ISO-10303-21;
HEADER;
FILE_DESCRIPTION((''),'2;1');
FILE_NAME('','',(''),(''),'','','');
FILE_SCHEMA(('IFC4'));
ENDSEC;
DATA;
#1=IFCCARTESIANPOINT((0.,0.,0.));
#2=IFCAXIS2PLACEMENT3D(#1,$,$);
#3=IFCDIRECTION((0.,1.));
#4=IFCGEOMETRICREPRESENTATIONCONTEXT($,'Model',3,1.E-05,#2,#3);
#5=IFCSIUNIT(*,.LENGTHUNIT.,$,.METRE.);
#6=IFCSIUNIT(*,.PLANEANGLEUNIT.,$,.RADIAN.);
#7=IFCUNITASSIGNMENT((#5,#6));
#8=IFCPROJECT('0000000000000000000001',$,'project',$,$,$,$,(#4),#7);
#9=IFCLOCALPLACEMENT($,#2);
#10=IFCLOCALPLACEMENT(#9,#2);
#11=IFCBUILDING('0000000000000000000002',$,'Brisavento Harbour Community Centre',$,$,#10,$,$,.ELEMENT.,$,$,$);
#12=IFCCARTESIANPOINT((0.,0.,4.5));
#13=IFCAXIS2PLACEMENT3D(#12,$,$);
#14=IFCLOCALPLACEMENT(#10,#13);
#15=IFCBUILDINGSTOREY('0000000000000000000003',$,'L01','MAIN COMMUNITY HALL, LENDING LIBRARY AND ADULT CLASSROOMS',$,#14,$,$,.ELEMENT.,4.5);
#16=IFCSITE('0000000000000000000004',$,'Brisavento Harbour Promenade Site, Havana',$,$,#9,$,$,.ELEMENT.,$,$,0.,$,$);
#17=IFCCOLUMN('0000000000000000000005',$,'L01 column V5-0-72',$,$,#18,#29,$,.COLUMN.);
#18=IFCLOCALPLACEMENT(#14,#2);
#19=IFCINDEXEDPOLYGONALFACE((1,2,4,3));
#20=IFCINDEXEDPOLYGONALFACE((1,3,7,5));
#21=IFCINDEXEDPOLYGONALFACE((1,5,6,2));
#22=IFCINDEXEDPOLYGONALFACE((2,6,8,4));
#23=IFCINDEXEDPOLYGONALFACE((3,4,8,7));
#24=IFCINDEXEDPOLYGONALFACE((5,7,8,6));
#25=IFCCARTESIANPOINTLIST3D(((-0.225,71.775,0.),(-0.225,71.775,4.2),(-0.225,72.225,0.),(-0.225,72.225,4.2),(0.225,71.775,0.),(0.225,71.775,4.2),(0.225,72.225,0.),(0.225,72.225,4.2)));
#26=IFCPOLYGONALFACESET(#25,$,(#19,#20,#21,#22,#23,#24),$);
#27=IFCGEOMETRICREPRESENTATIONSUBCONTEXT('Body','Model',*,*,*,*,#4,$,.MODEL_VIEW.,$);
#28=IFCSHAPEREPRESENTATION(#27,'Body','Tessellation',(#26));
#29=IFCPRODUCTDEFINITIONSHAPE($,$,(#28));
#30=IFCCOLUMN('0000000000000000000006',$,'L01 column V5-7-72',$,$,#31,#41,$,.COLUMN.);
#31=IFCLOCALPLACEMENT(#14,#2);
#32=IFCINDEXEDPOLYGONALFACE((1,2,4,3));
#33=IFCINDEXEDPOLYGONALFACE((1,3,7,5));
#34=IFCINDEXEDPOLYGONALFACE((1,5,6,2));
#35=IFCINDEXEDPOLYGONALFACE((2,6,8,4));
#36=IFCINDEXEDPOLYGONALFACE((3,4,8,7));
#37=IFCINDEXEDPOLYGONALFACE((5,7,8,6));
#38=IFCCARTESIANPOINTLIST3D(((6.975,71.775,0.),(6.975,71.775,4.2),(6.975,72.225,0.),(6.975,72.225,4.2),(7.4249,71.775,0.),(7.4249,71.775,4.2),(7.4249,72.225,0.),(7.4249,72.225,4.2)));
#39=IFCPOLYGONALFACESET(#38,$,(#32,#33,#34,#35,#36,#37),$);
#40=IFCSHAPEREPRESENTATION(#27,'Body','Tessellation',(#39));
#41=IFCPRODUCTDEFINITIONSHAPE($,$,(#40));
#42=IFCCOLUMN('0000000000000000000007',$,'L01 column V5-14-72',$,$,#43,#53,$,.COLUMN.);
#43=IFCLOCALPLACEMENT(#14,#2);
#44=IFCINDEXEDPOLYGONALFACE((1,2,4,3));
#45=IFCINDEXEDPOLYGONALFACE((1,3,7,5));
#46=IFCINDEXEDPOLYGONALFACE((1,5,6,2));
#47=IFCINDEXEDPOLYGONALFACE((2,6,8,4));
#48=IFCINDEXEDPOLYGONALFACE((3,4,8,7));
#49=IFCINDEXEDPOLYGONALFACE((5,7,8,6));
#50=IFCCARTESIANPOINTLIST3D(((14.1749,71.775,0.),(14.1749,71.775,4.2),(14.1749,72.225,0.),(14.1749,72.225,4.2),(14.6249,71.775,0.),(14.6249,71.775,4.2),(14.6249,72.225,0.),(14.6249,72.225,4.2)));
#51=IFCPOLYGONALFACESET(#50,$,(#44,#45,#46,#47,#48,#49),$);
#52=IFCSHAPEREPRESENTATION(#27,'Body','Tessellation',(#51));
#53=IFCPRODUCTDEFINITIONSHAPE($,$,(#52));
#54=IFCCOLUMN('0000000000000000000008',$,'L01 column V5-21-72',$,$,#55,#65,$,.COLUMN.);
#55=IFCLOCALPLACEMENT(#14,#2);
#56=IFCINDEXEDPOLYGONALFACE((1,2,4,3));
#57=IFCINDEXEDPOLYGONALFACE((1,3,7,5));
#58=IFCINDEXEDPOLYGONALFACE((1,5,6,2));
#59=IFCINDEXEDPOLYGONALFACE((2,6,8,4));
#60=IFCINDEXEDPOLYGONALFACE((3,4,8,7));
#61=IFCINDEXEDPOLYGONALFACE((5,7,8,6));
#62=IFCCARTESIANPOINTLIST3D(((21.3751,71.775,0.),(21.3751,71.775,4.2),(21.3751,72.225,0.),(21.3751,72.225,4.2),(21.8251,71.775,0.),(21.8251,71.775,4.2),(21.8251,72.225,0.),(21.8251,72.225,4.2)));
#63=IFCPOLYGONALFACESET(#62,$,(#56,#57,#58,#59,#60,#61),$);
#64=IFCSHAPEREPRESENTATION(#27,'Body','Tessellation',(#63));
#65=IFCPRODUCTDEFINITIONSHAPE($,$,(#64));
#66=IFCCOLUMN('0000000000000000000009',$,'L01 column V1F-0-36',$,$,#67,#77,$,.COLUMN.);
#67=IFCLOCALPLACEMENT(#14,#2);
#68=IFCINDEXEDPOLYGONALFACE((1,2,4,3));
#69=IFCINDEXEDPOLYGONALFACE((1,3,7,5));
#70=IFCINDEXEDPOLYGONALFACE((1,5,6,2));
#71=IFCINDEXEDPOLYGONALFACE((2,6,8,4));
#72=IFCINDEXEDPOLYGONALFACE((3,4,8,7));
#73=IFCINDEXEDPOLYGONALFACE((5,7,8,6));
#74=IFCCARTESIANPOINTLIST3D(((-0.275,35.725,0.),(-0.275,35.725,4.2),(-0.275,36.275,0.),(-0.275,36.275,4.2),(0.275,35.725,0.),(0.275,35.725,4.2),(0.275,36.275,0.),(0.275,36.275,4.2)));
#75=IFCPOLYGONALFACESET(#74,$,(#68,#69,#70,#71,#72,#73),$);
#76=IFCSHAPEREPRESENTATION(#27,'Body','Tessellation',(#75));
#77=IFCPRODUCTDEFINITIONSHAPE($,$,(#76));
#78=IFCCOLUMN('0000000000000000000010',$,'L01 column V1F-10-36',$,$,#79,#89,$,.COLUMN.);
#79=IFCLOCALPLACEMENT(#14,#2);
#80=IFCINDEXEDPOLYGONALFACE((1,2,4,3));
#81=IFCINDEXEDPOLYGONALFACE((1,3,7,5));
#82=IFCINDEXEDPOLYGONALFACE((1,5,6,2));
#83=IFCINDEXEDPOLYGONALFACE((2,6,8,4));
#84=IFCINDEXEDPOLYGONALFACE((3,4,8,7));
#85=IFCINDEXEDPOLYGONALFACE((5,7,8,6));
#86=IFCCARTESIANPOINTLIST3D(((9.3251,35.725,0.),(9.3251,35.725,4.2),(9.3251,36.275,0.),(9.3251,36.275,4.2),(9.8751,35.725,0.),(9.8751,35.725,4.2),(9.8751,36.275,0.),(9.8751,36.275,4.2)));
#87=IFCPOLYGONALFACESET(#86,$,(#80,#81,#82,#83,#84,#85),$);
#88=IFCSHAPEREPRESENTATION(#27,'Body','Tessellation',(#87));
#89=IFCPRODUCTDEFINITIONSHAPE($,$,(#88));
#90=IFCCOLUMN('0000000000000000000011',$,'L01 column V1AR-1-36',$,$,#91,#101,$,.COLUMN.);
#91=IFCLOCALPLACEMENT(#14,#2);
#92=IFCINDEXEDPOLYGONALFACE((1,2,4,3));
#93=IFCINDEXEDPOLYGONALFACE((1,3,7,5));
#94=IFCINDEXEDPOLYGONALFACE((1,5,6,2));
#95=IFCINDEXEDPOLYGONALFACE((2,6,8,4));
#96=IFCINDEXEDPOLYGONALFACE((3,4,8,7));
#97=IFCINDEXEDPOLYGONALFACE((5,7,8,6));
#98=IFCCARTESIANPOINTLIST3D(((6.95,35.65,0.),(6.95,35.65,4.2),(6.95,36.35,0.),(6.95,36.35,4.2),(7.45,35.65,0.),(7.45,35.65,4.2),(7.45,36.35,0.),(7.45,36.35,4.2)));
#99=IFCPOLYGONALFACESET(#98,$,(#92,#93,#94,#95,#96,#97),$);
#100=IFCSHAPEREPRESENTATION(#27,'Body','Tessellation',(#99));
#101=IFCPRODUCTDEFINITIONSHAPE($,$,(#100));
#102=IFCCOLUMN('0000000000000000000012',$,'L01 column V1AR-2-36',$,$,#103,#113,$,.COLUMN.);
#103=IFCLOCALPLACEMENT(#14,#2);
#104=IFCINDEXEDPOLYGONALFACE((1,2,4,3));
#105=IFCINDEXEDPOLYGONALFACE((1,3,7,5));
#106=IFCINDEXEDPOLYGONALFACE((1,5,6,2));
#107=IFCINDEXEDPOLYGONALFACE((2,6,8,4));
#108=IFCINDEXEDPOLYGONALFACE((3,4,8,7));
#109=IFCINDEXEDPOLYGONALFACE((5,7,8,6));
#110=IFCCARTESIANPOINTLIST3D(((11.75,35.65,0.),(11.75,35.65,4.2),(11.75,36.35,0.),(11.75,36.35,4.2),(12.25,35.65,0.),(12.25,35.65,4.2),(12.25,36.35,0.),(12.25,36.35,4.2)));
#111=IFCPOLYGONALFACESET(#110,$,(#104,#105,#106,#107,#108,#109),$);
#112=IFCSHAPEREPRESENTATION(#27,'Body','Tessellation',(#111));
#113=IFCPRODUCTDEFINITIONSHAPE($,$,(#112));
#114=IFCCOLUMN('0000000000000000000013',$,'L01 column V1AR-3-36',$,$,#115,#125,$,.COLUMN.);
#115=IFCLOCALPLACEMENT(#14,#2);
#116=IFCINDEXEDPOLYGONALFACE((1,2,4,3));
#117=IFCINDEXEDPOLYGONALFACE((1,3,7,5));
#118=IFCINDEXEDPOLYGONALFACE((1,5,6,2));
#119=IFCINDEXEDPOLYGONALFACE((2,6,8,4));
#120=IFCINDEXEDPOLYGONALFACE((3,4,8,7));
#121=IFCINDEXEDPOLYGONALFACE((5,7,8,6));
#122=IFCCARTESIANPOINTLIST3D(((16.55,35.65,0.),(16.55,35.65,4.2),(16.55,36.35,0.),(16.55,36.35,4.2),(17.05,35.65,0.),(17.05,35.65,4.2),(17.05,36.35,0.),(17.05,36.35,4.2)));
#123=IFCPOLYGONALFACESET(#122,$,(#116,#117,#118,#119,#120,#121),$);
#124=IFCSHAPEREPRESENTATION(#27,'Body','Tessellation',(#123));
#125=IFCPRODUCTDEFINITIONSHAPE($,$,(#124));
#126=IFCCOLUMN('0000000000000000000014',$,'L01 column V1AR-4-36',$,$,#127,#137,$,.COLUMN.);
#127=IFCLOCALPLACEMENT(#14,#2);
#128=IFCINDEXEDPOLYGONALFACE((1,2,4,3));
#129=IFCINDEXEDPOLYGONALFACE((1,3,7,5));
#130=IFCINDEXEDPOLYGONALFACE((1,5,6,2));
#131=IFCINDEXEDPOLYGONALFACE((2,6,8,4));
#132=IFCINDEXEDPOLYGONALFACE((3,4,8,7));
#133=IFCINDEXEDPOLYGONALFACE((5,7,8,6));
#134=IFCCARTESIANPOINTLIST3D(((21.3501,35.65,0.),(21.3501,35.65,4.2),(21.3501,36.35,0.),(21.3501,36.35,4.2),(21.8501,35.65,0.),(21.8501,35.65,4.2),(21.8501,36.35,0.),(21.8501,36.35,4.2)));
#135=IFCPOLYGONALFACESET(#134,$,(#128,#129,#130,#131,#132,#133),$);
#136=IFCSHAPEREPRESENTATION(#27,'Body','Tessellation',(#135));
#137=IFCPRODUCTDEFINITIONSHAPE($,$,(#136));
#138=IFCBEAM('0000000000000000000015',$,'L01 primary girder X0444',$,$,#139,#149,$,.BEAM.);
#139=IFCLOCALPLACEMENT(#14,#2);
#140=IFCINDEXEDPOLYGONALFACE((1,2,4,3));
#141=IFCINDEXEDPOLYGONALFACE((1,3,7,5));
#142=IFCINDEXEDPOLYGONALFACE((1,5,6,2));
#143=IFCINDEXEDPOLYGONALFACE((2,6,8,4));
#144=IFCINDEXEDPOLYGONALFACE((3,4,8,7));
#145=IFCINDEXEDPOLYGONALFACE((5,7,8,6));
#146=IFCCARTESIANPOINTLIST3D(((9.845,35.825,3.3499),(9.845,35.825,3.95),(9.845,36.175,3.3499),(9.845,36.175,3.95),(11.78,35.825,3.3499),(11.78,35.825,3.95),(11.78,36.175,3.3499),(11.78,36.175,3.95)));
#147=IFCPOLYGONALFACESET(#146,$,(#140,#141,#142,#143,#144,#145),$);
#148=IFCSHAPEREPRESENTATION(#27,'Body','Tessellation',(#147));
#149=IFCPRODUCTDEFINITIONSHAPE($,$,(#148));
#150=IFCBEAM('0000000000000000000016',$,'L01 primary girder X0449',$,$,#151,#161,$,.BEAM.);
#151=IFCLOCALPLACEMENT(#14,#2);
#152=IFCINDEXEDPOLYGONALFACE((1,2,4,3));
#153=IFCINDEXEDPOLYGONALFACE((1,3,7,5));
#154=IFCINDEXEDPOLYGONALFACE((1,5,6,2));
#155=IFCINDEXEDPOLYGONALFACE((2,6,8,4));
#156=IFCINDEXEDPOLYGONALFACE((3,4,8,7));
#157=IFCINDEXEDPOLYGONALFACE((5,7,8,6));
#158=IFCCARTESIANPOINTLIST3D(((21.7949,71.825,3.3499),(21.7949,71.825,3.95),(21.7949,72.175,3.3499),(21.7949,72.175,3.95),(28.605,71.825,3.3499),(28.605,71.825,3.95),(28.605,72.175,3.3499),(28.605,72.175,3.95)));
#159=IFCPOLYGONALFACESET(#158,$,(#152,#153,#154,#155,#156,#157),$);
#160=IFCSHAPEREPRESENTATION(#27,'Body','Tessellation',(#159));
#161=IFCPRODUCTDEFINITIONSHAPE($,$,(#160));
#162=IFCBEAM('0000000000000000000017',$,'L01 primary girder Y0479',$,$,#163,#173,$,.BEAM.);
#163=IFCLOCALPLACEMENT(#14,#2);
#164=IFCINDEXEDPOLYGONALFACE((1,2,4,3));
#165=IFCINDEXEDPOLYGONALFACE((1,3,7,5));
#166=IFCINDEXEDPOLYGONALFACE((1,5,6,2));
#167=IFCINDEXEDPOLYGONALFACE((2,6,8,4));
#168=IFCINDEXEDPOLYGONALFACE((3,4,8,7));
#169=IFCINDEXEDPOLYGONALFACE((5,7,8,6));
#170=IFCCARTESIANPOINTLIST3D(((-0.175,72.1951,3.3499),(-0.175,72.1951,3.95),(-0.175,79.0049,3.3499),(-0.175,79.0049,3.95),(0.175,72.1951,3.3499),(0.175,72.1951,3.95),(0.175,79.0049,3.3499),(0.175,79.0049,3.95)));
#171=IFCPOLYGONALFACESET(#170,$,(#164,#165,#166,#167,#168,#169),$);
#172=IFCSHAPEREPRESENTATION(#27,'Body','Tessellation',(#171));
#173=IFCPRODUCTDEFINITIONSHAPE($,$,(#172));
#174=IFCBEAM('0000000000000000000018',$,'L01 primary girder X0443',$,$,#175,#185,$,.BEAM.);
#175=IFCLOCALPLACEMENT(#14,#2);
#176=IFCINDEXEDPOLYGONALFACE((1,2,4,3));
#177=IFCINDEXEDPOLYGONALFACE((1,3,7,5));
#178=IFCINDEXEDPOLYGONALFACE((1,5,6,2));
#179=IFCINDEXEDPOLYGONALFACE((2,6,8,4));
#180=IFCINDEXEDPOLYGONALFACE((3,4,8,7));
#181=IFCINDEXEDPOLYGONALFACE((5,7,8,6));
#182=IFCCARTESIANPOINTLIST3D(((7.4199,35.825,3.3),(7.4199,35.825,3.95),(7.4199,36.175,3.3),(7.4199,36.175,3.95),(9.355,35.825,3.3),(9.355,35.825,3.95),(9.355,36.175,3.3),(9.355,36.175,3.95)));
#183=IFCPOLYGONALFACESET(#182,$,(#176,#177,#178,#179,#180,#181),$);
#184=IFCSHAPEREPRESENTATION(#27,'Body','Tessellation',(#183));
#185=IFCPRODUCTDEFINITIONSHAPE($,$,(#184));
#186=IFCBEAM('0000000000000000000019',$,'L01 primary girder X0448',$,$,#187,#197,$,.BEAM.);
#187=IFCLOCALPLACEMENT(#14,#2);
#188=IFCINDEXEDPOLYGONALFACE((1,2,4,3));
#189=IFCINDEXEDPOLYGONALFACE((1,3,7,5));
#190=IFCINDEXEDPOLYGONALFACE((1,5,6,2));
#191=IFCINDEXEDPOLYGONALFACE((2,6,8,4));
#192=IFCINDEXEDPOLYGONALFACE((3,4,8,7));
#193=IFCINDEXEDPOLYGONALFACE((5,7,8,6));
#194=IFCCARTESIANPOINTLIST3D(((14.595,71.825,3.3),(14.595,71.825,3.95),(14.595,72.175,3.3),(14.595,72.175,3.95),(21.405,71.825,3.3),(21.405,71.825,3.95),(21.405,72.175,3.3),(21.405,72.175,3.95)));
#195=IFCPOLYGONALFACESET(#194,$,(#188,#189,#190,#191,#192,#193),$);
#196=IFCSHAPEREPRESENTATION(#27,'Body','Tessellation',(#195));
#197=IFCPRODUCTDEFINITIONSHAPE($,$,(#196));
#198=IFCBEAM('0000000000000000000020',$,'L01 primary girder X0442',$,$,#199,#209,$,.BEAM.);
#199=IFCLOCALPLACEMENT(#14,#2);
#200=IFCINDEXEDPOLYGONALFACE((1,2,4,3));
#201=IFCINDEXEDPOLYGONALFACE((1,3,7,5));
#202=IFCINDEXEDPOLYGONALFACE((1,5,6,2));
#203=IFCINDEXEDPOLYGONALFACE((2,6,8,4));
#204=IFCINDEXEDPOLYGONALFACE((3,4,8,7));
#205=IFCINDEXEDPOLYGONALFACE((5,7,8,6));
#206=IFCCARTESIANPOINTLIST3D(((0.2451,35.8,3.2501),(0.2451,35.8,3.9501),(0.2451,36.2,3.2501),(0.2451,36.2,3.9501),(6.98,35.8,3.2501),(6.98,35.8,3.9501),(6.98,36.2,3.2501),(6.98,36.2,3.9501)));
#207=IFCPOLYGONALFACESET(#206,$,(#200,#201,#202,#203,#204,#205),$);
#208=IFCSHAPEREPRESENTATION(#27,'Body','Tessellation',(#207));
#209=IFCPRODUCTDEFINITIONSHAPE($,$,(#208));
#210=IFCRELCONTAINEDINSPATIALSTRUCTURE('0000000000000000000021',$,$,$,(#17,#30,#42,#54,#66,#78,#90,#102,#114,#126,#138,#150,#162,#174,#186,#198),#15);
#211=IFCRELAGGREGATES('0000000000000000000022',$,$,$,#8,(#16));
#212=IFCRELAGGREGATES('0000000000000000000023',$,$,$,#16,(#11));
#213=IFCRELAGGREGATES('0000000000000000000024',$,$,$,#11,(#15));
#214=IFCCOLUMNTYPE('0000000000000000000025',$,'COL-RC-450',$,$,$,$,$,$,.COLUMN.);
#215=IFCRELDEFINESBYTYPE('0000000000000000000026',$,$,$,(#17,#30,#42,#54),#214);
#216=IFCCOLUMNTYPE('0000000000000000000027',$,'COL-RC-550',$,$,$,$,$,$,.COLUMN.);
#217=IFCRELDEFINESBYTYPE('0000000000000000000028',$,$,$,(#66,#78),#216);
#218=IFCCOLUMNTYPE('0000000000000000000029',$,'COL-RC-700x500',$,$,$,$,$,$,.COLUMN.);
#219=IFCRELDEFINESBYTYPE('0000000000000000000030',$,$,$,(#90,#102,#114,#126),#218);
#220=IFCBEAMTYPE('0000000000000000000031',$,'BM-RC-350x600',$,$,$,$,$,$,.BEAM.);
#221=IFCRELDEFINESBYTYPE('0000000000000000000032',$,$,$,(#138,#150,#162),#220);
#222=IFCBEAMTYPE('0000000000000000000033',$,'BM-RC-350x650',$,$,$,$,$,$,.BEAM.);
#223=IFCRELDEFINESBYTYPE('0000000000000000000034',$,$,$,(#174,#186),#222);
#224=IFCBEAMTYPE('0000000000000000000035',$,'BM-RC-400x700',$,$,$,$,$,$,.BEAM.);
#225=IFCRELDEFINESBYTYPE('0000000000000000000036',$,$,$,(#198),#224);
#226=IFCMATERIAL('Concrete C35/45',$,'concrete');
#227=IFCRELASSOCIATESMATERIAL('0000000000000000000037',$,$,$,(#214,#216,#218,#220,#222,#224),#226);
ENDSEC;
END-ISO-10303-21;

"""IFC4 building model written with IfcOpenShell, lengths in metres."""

from ifc_helpers import new_model, si_unit, direction, frame, origin, origin_2d, place, context, subcontext, project, spatial, rectangle, extrude, material, material_profile, profile_set, type_object, element, save


model = new_model("IFC4")

# Units and contexts
model_context = context("Model", 3, precision=1e-05, world=origin(), true_north=direction((0.0, 1.0)))
body_context = subcontext(model_context, "Body", "Model", "MODEL_VIEW")
ifc_project = project(units=[si_unit("LENGTHUNIT", "METRE"), si_unit("PLANEANGLEUNIT", "RADIAN")], contexts=[model_context])

# Site, building, storey
site_placement = place(None, origin())
site = spatial("IfcSite", under=ifc_project, at=site_placement, Name="Brisavento Harbour Promenade Site, Havana", CompositionType="ELEMENT", RefElevation=0.0)
building_placement = place(site_placement, origin())
building = spatial("IfcBuilding", under=site, at=building_placement, Name="Brisavento Harbour Community Centre", CompositionType="ELEMENT")
storey_placement = place(building_placement, frame((0.0, 0.0, 4.5)))
storey = spatial("IfcBuildingStorey", under=building, at=storey_placement, Name="L01", Description="MAIN COMMUNITY HALL, LENDING LIBRARY AND ADULT CLASSROOMS", CompositionType="ELEMENT", Elevation=4.5)

# Columns
ifc_material_1 = material(Name="Concrete C35/45", Category="concrete")
ifc_material_profile_1 = material_profile(ifc_material_1, rectangle(XDim=0.45, YDim=0.45, at=origin_2d()), Name="Concrete C35/45")
ifc_profile_set_1 = profile_set([ifc_material_profile_1], Name="Concrete C35/45")
column_type_1 = type_object("IfcColumnType", Name="COL-RC-450", PredefinedType="COLUMN", material=ifc_profile_set_1)
for number, where, z_axis, x_axis, name in (
    (1, (0.0, 72.0, 0.0), (0.0, 0.0, 1.0), (1.0, 0.0, 0.0), "L01 column V5-0-72"),
    (2, (7.2, 72.0, 0.0), (0.0, 0.0, 1.0), (1.0, 0.0, 0.0), "L01 column V5-7-72"),
    (3, (14.3999, 72.0, 0.0), (0.0, 0.0, 1.0), (1.0, 0.0, 0.0), "L01 column V5-14-72"),
    (4, (21.6001, 72.0, 0.0), (0.0, 0.0, 1.0), (1.0, 0.0, 0.0), "L01 column V5-21-72"),
):
    element("IfcColumn", number, at=place(storey_placement, frame(where, z_axis=z_axis, x_axis=x_axis)), inside=storey, type_object=column_type_1, Name=name, PredefinedType="COLUMN", context=body_context, shape_type="SweptSolid", body=[
        extrude(rectangle(XDim=0.45, YDim=0.45, at=origin_2d()), origin(), (0.0, 0.0, 1.0), 4.2),
    ])
ifc_material_profile_2 = material_profile(ifc_material_1, rectangle(XDim=0.55, YDim=0.55, at=origin_2d()), Name="Concrete C35/45")
ifc_profile_set_2 = profile_set([ifc_material_profile_2], Name="Concrete C35/45")
column_type_2 = type_object("IfcColumnType", Name="COL-RC-550", PredefinedType="COLUMN", material=ifc_profile_set_2)
for number, where, z_axis, x_axis, name in (
    (5, (0.0, 36.0, 0.0), (0.0, 0.0, 1.0), (1.0, 0.0, 0.0), "L01 column V1F-0-36"),
    (6, (9.6001, 36.0, 0.0), (0.0, 0.0, 1.0), (1.0, 0.0, 0.0), "L01 column V1F-10-36"),
):
    element("IfcColumn", number, at=place(storey_placement, frame(where, z_axis=z_axis, x_axis=x_axis)), inside=storey, type_object=column_type_2, Name=name, PredefinedType="COLUMN", context=body_context, shape_type="SweptSolid", body=[
        extrude(rectangle(XDim=0.55, YDim=0.55, at=origin_2d()), origin(), (0.0, 0.0, 1.0), 4.2),
    ])
ifc_material_profile_3 = material_profile(ifc_material_1, rectangle(XDim=0.5, YDim=0.7, at=origin_2d()), Name="Concrete C35/45")
ifc_profile_set_3 = profile_set([ifc_material_profile_3], Name="Concrete C35/45")
column_type_3 = type_object("IfcColumnType", Name="COL-RC-700x500", PredefinedType="COLUMN", material=ifc_profile_set_3)
for number, where, z_axis, x_axis, name in (
    (7, (7.2, 36.0, 0.0), (0.0, 0.0, 1.0), (1.0, 0.0, 0.0), "L01 column V1AR-1-36"),
    (8, (12.0, 36.0, 0.0), (0.0, 0.0, 1.0), (1.0, 0.0, 0.0), "L01 column V1AR-2-36"),
    (9, (16.8, 36.0, 0.0), (0.0, 0.0, 1.0), (1.0, 0.0, 0.0), "L01 column V1AR-3-36"),
    (10, (21.6001, 36.0, 0.0), (0.0, 0.0, 1.0), (1.0, 0.0, 0.0), "L01 column V1AR-4-36"),
):
    element("IfcColumn", number, at=place(storey_placement, frame(where, z_axis=z_axis, x_axis=x_axis)), inside=storey, type_object=column_type_3, Name=name, PredefinedType="COLUMN", context=body_context, shape_type="SweptSolid", body=[
        extrude(rectangle(XDim=0.5, YDim=0.7, at=origin_2d()), origin(), (0.0, 0.0, 1.0), 4.2),
    ])

# Beams
ifc_material_profile_4 = material_profile(ifc_material_1, rectangle(XDim=0.3501, YDim=0.6001, at=origin_2d()), Name="Concrete C35/45")
ifc_profile_set_4 = profile_set([ifc_material_profile_4], Name="Concrete C35/45")
beam_type_1 = type_object("IfcBeamType", Name="BM-RC-350x600", PredefinedType="BEAM", material=ifc_profile_set_4)
beam_1_placement = place(storey_placement, frame((9.845, 36.0, 3.6499), z_axis=(1.0, 0.0, 0.0), x_axis=(0.0, 1.0, 0.0)))
element("IfcBeam", 11, at=beam_1_placement, inside=storey, type_object=beam_type_1, Name="L01 primary girder X0444", PredefinedType="BEAM", context=body_context, shape_type="SweptSolid", body=[
    extrude(rectangle(XDim=0.3501, YDim=0.6001, at=origin_2d()), origin(), (0.0, 0.0, 1.0), 1.9351),
])
beam_2_placement = place(storey_placement, frame((21.7949, 72.0, 3.6499), z_axis=(1.0, 0.0, 0.0), x_axis=(0.0, 1.0, 0.0)))
element("IfcBeam", 12, at=beam_2_placement, inside=storey, type_object=beam_type_1, Name="L01 primary girder X0449", PredefinedType="BEAM", context=body_context, shape_type="SweptSolid", body=[
    extrude(rectangle(XDim=0.3501, YDim=0.6001, at=origin_2d()), origin(), (0.0, 0.0, 1.0), 6.8101),
])
beam_3_placement = place(storey_placement, frame((0.0, 72.1951, 3.6499), z_axis=(0.0, 1.0, 0.0), x_axis=(-1.0, 0.0, 0.0)))
element("IfcBeam", 13, at=beam_3_placement, inside=storey, type_object=beam_type_1, Name="L01 primary girder Y0479", PredefinedType="BEAM", context=body_context, shape_type="SweptSolid", body=[
    extrude(rectangle(XDim=0.3501, YDim=0.6001, at=origin_2d()), origin(), (0.0, 0.0, 1.0), 6.8098),
])
ifc_material_profile_5 = material_profile(ifc_material_1, rectangle(XDim=0.3501, YDim=0.6499, at=origin_2d()), Name="Concrete C35/45")
ifc_profile_set_5 = profile_set([ifc_material_profile_5], Name="Concrete C35/45")
beam_type_2 = type_object("IfcBeamType", Name="BM-RC-350x650", PredefinedType="BEAM", material=ifc_profile_set_5)
beam_4_placement = place(storey_placement, frame((7.4199, 36.0, 3.625), z_axis=(1.0, 0.0, 0.0), x_axis=(0.0, 1.0, 0.0)))
element("IfcBeam", 14, at=beam_4_placement, inside=storey, type_object=beam_type_2, Name="L01 primary girder X0443", PredefinedType="BEAM", context=body_context, shape_type="SweptSolid", body=[
    extrude(rectangle(XDim=0.3501, YDim=0.6499, at=origin_2d()), origin(), (0.0, 0.0, 1.0), 1.9351),
])
beam_5_placement = place(storey_placement, frame((14.595, 72.0, 3.625), z_axis=(1.0, 0.0, 0.0), x_axis=(0.0, 1.0, 0.0)))
element("IfcBeam", 15, at=beam_5_placement, inside=storey, type_object=beam_type_2, Name="L01 primary girder X0448", PredefinedType="BEAM", context=body_context, shape_type="SweptSolid", body=[
    extrude(rectangle(XDim=0.3501, YDim=0.6499, at=origin_2d()), origin(), (0.0, 0.0, 1.0), 6.8101),
])
ifc_material_profile_6 = material_profile(ifc_material_1, rectangle(XDim=0.3999, YDim=0.7, at=origin_2d()), Name="Concrete C35/45")
ifc_profile_set_6 = profile_set([ifc_material_profile_6], Name="Concrete C35/45")
beam_type_3 = type_object("IfcBeamType", Name="BM-RC-400x700", PredefinedType="BEAM", material=ifc_profile_set_6)
beam_6_placement = place(storey_placement, frame((0.2451, 36.0, 3.6001), z_axis=(1.0, 0.0, 0.0), x_axis=(0.0, 1.0, 0.0)))
element("IfcBeam", 16, at=beam_6_placement, inside=storey, type_object=beam_type_3, Name="L01 primary girder X0442", PredefinedType="BEAM", context=body_context, shape_type="SweptSolid", body=[
    extrude(rectangle(XDim=0.3999, YDim=0.7, at=origin_2d()), origin(), (0.0, 0.0, 1.0), 6.7349),
])

save(model, "model.ifc")
